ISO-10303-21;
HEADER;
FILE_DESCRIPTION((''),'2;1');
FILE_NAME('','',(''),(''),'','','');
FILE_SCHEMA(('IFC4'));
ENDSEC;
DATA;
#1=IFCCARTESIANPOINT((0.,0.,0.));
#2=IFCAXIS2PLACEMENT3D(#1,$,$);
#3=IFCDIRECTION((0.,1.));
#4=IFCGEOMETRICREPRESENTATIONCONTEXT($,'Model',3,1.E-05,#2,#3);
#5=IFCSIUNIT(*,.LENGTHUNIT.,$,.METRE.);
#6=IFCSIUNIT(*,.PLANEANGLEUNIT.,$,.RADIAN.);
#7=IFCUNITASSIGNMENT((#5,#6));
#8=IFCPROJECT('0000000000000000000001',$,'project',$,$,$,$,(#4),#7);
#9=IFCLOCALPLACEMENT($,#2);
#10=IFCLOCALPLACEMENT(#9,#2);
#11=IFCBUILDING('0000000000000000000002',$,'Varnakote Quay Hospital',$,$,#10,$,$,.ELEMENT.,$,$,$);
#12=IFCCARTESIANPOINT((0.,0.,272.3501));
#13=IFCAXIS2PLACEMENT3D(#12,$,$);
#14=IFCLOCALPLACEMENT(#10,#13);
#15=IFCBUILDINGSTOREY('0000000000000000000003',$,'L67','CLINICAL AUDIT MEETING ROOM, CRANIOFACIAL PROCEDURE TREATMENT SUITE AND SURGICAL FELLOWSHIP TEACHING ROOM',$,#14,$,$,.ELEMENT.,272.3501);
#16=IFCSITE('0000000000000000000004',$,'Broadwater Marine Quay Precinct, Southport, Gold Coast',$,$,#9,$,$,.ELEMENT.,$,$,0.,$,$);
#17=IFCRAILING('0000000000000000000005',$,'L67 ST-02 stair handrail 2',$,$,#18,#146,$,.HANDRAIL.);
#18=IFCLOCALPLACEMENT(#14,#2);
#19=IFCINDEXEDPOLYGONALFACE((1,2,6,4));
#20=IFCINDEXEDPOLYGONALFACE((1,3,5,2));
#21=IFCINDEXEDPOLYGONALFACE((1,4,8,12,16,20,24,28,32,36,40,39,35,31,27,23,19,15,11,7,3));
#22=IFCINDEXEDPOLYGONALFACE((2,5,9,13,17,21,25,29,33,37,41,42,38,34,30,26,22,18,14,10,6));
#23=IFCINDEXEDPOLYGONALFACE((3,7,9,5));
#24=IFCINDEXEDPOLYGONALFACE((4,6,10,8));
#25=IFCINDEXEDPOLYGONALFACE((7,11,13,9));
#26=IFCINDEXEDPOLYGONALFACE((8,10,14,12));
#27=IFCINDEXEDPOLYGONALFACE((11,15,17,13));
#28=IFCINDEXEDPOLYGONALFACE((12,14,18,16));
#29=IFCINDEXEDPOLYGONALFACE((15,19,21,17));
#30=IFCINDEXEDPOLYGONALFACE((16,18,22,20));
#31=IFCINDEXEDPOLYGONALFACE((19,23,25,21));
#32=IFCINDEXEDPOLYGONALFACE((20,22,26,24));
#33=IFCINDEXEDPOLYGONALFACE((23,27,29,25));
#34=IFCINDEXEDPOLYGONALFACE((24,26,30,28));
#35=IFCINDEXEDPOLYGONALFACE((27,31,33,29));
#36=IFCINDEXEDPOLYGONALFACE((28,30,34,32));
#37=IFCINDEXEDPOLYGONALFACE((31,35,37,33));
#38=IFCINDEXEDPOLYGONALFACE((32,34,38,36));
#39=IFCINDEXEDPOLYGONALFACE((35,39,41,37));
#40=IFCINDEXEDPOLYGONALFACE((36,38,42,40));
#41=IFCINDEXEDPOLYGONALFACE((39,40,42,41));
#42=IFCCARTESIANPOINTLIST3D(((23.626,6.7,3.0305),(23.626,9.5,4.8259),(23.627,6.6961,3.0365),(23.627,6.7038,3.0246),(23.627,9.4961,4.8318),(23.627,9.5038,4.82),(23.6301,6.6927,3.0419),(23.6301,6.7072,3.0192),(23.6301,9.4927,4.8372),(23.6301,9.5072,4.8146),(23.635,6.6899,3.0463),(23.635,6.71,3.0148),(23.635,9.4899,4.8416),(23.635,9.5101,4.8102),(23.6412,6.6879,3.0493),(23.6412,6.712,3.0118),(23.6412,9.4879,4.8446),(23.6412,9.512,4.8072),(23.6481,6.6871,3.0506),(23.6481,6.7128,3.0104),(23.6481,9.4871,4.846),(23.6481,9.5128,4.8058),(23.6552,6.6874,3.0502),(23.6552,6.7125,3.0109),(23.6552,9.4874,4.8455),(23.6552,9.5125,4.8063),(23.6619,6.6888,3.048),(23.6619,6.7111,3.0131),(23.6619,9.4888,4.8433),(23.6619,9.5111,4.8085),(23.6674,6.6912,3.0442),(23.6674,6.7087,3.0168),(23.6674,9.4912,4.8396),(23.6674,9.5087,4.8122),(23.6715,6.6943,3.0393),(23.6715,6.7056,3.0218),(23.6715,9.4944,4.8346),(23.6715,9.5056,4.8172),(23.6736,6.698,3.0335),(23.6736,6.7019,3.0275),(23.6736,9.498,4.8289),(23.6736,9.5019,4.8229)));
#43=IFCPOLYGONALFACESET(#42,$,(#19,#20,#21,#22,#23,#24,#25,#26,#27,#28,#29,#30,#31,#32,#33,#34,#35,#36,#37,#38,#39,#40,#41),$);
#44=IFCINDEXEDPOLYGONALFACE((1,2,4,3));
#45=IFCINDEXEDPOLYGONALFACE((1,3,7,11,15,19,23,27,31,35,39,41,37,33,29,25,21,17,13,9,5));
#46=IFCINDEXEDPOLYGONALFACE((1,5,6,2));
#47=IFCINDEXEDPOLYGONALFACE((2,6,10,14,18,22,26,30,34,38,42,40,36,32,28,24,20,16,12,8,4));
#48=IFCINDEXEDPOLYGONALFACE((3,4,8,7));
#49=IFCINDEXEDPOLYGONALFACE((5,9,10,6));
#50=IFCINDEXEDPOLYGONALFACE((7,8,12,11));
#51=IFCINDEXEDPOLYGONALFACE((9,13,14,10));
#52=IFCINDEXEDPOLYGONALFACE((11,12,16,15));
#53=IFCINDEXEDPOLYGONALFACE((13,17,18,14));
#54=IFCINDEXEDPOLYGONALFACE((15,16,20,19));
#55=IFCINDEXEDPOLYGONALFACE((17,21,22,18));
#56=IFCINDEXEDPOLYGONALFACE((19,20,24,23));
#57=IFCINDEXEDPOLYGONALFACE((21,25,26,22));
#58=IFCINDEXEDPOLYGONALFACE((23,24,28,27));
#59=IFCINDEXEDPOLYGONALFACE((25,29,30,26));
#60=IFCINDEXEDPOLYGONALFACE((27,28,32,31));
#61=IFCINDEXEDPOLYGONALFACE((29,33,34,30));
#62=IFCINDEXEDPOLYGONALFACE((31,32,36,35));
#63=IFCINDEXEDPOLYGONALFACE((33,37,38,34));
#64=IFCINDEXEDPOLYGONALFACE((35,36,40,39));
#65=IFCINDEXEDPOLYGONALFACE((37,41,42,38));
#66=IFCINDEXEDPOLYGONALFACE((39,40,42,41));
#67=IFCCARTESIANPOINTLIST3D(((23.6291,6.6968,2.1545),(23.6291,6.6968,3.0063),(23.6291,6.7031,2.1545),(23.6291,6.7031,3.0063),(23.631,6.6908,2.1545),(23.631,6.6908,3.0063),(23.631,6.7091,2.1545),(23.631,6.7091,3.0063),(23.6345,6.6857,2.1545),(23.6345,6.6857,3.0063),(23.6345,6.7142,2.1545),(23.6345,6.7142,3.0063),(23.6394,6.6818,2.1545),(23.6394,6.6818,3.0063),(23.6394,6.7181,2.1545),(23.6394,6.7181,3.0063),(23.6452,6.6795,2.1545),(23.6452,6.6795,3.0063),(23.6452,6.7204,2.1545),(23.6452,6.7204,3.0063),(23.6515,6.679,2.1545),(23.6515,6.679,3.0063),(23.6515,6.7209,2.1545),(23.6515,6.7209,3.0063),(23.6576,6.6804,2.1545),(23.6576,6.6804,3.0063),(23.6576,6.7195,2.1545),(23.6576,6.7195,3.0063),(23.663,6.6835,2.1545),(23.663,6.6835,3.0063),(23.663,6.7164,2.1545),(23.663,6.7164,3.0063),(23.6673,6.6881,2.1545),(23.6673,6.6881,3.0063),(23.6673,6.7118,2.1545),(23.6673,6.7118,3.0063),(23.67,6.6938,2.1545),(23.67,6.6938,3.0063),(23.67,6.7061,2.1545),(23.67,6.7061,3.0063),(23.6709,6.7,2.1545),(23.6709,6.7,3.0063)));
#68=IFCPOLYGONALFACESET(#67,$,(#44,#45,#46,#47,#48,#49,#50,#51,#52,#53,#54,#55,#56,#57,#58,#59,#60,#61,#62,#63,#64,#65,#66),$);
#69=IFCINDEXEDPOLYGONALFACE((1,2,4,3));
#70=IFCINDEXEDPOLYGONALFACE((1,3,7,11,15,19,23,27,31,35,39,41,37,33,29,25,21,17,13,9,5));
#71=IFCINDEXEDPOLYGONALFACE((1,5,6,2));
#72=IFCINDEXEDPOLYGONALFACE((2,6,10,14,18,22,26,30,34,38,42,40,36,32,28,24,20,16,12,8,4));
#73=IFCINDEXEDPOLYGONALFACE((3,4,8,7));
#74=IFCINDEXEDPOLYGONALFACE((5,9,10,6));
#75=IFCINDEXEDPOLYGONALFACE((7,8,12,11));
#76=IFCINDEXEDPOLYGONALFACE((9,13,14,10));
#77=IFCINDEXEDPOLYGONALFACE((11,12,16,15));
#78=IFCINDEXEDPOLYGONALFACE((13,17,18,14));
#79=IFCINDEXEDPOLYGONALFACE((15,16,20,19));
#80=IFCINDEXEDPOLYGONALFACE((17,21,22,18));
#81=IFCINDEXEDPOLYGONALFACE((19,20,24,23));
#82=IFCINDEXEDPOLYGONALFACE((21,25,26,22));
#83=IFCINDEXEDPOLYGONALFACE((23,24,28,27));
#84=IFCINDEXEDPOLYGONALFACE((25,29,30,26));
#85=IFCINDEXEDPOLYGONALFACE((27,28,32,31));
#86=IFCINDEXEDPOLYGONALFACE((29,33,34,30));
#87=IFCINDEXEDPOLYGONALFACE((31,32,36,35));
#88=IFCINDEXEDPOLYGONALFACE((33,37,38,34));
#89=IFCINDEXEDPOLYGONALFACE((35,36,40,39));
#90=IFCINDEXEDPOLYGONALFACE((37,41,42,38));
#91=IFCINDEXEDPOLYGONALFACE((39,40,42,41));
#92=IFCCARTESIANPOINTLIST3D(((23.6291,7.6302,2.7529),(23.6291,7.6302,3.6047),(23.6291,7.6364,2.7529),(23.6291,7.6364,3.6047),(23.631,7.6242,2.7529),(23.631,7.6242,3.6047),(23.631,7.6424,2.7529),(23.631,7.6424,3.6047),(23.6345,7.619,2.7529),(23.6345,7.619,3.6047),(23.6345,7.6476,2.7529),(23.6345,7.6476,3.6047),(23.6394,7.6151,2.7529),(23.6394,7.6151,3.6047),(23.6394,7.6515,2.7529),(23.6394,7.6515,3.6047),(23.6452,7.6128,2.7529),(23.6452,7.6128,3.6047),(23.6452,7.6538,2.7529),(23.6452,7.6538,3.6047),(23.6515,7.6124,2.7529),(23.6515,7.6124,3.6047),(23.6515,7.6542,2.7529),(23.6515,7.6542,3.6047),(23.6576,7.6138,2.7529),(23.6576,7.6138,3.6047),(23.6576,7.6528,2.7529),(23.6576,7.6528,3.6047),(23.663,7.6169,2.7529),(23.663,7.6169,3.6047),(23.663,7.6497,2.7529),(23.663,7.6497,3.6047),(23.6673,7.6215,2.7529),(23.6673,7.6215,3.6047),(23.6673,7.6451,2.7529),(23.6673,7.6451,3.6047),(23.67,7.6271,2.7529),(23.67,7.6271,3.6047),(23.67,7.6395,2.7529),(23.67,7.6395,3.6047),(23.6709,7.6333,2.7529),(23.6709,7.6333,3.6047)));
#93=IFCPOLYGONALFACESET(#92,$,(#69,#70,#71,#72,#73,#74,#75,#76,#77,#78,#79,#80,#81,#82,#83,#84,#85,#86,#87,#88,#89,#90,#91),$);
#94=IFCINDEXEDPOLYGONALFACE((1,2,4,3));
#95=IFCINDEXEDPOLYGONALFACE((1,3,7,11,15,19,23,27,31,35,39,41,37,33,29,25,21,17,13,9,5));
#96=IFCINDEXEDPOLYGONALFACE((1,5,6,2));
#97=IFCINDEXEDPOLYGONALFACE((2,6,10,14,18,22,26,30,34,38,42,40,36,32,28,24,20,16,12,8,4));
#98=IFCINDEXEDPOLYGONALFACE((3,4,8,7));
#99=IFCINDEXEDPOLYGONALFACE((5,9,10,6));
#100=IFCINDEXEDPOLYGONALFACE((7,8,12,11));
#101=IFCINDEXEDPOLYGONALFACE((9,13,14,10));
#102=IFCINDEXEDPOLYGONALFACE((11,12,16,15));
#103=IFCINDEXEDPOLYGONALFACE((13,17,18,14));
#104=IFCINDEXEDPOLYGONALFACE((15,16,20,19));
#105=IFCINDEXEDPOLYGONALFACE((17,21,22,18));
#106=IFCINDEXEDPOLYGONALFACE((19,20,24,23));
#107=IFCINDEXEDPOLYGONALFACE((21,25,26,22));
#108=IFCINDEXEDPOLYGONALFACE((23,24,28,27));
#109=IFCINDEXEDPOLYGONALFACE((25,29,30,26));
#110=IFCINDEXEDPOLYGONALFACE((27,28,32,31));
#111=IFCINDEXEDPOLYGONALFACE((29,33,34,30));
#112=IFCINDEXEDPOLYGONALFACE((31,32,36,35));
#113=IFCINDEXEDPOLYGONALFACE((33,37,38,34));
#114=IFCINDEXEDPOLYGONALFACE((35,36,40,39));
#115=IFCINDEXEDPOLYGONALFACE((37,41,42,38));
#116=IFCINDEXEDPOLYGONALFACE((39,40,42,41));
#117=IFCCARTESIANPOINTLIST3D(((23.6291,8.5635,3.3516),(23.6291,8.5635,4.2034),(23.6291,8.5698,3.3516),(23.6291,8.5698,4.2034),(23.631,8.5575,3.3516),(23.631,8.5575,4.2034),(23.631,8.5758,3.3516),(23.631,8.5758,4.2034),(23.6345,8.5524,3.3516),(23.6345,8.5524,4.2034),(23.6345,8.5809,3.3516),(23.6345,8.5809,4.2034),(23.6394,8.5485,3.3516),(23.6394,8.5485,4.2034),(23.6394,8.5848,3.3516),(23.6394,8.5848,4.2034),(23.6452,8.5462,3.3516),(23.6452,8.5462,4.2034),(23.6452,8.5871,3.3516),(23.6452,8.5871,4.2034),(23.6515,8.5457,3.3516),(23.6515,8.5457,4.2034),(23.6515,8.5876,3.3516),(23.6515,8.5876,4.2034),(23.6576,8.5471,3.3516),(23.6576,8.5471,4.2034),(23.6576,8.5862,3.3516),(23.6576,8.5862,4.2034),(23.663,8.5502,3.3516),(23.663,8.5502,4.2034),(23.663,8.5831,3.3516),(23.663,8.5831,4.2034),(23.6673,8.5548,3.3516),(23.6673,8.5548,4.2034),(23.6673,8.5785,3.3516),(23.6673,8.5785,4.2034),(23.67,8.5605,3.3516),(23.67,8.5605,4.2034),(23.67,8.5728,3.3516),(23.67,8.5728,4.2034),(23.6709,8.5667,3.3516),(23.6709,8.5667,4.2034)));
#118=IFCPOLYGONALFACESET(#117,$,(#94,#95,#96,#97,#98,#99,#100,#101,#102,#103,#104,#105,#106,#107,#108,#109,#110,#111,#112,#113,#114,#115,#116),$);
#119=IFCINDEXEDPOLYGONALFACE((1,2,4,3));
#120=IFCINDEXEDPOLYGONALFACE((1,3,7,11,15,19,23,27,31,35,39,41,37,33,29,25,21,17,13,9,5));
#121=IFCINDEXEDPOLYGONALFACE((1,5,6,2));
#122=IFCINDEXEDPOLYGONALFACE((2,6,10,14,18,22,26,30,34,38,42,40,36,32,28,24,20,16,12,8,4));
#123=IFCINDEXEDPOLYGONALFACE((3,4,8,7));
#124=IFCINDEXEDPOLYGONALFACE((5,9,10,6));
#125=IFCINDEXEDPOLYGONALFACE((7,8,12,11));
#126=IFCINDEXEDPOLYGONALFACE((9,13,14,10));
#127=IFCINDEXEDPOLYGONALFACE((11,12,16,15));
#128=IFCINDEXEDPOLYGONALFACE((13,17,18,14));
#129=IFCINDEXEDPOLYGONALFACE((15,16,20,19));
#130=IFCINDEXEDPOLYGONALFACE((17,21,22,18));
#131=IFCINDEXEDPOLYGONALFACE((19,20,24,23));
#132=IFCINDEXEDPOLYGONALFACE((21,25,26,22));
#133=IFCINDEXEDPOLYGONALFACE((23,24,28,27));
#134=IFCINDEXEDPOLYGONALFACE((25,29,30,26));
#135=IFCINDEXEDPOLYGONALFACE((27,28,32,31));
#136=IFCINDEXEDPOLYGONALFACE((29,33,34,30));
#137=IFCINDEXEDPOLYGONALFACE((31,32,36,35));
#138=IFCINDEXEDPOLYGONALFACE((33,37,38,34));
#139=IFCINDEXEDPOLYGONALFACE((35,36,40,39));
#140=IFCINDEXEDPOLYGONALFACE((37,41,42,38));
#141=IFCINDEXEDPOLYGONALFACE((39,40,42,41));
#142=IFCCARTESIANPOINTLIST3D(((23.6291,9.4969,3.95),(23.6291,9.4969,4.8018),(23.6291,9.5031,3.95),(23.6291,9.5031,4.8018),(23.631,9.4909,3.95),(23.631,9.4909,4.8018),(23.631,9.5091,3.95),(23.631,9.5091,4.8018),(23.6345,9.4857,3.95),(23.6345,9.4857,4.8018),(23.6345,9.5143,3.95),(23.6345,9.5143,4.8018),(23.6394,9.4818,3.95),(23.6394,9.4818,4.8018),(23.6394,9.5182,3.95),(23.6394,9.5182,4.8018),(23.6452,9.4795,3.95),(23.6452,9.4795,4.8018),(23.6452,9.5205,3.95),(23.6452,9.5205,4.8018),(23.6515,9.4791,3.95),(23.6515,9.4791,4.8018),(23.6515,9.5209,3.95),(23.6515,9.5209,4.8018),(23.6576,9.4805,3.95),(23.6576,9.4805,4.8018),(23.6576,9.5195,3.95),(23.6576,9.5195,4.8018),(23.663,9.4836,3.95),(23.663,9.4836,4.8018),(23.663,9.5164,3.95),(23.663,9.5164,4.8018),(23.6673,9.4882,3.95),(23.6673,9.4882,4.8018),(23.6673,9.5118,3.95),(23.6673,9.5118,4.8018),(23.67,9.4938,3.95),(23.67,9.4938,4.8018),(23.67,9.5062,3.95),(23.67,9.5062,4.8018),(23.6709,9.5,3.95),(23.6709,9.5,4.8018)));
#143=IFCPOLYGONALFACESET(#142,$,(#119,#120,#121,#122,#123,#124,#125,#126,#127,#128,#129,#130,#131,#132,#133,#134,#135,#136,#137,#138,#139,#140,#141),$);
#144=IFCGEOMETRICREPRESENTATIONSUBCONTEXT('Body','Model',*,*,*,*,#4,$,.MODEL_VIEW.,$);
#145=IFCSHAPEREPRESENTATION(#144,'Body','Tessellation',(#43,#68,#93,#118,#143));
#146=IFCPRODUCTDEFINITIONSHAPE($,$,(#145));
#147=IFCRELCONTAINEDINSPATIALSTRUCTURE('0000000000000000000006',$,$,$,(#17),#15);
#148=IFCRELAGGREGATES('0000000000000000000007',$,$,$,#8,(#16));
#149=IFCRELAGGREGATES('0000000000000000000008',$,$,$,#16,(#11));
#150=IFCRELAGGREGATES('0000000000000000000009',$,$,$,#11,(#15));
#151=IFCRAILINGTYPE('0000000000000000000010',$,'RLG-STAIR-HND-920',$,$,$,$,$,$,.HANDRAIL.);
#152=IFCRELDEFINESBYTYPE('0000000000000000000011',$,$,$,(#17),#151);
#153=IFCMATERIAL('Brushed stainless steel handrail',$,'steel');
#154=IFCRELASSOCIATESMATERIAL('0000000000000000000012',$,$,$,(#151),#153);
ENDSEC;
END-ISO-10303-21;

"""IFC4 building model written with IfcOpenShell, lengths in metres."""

from ifc_helpers import new_model, si_unit, direction, frame, origin, origin_2d, place, context, subcontext, project, spatial, circle, extrude, material, type_object, element, save


model = new_model("IFC4")

# Units and contexts
model_context = context("Model", 3, precision=1e-05, world=origin(), true_north=direction((0.0, 1.0)))
body_context = subcontext(model_context, "Body", "Model", "MODEL_VIEW")
ifc_project = project(units=[si_unit("LENGTHUNIT", "METRE"), si_unit("PLANEANGLEUNIT", "RADIAN")], contexts=[model_context])

# Site, building, storey
site_placement = place(None, origin())
site = spatial("IfcSite", under=ifc_project, at=site_placement, Name="Broadwater Marine Quay Precinct, Southport, Gold Coast", CompositionType="ELEMENT", RefElevation=0.0)
building_placement = place(site_placement, origin())
building = spatial("IfcBuilding", under=site, at=building_placement, Name="Varnakote Quay Hospital", CompositionType="ELEMENT")
storey_placement = place(building_placement, frame((0.0, 0.0, 272.3501)))
storey = spatial("IfcBuildingStorey", under=building, at=storey_placement, Name="L67", Description="CLINICAL AUDIT MEETING ROOM, CRANIOFACIAL PROCEDURE TREATMENT SUITE AND SURGICAL FELLOWSHIP TEACHING ROOM", CompositionType="ELEMENT", Elevation=272.3501)

# Railing
ifc_material_1 = material(Name="Brushed stainless steel handrail", Category="steel")
railing_type_1 = type_object("IfcRailingType", Name="RLG-STAIR-HND-920", PredefinedType="HANDRAIL", material=ifc_material_1)
railing_1_placement = place(storey_placement, frame((23.6499, 6.7, 2.1545)))
element("IfcRailing", 1, at=railing_1_placement, inside=storey, type_object=railing_type_1, Name="L67 ST-02 stair handrail 2", PredefinedType="HANDRAIL", context=body_context, shape_type="SweptSolid", body=[
    extrude(circle(Radius=0.0239, at=origin_2d()), frame((0.0, 0.0, 0.876), z_axis=(0.0, 0.84181, 0.539774), x_axis=(-1.0, 0.0, 0.0)), (0.0, 0.0, 1.0), 3.3262),
    extrude(circle(Radius=0.021, at=origin_2d()), origin(), (0.0, 0.0, 1.0), 0.8518),
    extrude(circle(Radius=0.021, at=origin_2d()), frame((0.0, 0.9333, 0.5984)), (0.0, 0.0, 1.0), 0.8518),
    extrude(circle(Radius=0.021, at=origin_2d()), frame((0.0, 1.8667, 1.197)), (0.0, 0.0, 1.0), 0.8518),
    extrude(circle(Radius=0.021, at=origin_2d()), frame((0.0, 2.8, 1.7954)), (0.0, 0.0, 1.0), 0.8518),
])

save(model, "model.ifc")
